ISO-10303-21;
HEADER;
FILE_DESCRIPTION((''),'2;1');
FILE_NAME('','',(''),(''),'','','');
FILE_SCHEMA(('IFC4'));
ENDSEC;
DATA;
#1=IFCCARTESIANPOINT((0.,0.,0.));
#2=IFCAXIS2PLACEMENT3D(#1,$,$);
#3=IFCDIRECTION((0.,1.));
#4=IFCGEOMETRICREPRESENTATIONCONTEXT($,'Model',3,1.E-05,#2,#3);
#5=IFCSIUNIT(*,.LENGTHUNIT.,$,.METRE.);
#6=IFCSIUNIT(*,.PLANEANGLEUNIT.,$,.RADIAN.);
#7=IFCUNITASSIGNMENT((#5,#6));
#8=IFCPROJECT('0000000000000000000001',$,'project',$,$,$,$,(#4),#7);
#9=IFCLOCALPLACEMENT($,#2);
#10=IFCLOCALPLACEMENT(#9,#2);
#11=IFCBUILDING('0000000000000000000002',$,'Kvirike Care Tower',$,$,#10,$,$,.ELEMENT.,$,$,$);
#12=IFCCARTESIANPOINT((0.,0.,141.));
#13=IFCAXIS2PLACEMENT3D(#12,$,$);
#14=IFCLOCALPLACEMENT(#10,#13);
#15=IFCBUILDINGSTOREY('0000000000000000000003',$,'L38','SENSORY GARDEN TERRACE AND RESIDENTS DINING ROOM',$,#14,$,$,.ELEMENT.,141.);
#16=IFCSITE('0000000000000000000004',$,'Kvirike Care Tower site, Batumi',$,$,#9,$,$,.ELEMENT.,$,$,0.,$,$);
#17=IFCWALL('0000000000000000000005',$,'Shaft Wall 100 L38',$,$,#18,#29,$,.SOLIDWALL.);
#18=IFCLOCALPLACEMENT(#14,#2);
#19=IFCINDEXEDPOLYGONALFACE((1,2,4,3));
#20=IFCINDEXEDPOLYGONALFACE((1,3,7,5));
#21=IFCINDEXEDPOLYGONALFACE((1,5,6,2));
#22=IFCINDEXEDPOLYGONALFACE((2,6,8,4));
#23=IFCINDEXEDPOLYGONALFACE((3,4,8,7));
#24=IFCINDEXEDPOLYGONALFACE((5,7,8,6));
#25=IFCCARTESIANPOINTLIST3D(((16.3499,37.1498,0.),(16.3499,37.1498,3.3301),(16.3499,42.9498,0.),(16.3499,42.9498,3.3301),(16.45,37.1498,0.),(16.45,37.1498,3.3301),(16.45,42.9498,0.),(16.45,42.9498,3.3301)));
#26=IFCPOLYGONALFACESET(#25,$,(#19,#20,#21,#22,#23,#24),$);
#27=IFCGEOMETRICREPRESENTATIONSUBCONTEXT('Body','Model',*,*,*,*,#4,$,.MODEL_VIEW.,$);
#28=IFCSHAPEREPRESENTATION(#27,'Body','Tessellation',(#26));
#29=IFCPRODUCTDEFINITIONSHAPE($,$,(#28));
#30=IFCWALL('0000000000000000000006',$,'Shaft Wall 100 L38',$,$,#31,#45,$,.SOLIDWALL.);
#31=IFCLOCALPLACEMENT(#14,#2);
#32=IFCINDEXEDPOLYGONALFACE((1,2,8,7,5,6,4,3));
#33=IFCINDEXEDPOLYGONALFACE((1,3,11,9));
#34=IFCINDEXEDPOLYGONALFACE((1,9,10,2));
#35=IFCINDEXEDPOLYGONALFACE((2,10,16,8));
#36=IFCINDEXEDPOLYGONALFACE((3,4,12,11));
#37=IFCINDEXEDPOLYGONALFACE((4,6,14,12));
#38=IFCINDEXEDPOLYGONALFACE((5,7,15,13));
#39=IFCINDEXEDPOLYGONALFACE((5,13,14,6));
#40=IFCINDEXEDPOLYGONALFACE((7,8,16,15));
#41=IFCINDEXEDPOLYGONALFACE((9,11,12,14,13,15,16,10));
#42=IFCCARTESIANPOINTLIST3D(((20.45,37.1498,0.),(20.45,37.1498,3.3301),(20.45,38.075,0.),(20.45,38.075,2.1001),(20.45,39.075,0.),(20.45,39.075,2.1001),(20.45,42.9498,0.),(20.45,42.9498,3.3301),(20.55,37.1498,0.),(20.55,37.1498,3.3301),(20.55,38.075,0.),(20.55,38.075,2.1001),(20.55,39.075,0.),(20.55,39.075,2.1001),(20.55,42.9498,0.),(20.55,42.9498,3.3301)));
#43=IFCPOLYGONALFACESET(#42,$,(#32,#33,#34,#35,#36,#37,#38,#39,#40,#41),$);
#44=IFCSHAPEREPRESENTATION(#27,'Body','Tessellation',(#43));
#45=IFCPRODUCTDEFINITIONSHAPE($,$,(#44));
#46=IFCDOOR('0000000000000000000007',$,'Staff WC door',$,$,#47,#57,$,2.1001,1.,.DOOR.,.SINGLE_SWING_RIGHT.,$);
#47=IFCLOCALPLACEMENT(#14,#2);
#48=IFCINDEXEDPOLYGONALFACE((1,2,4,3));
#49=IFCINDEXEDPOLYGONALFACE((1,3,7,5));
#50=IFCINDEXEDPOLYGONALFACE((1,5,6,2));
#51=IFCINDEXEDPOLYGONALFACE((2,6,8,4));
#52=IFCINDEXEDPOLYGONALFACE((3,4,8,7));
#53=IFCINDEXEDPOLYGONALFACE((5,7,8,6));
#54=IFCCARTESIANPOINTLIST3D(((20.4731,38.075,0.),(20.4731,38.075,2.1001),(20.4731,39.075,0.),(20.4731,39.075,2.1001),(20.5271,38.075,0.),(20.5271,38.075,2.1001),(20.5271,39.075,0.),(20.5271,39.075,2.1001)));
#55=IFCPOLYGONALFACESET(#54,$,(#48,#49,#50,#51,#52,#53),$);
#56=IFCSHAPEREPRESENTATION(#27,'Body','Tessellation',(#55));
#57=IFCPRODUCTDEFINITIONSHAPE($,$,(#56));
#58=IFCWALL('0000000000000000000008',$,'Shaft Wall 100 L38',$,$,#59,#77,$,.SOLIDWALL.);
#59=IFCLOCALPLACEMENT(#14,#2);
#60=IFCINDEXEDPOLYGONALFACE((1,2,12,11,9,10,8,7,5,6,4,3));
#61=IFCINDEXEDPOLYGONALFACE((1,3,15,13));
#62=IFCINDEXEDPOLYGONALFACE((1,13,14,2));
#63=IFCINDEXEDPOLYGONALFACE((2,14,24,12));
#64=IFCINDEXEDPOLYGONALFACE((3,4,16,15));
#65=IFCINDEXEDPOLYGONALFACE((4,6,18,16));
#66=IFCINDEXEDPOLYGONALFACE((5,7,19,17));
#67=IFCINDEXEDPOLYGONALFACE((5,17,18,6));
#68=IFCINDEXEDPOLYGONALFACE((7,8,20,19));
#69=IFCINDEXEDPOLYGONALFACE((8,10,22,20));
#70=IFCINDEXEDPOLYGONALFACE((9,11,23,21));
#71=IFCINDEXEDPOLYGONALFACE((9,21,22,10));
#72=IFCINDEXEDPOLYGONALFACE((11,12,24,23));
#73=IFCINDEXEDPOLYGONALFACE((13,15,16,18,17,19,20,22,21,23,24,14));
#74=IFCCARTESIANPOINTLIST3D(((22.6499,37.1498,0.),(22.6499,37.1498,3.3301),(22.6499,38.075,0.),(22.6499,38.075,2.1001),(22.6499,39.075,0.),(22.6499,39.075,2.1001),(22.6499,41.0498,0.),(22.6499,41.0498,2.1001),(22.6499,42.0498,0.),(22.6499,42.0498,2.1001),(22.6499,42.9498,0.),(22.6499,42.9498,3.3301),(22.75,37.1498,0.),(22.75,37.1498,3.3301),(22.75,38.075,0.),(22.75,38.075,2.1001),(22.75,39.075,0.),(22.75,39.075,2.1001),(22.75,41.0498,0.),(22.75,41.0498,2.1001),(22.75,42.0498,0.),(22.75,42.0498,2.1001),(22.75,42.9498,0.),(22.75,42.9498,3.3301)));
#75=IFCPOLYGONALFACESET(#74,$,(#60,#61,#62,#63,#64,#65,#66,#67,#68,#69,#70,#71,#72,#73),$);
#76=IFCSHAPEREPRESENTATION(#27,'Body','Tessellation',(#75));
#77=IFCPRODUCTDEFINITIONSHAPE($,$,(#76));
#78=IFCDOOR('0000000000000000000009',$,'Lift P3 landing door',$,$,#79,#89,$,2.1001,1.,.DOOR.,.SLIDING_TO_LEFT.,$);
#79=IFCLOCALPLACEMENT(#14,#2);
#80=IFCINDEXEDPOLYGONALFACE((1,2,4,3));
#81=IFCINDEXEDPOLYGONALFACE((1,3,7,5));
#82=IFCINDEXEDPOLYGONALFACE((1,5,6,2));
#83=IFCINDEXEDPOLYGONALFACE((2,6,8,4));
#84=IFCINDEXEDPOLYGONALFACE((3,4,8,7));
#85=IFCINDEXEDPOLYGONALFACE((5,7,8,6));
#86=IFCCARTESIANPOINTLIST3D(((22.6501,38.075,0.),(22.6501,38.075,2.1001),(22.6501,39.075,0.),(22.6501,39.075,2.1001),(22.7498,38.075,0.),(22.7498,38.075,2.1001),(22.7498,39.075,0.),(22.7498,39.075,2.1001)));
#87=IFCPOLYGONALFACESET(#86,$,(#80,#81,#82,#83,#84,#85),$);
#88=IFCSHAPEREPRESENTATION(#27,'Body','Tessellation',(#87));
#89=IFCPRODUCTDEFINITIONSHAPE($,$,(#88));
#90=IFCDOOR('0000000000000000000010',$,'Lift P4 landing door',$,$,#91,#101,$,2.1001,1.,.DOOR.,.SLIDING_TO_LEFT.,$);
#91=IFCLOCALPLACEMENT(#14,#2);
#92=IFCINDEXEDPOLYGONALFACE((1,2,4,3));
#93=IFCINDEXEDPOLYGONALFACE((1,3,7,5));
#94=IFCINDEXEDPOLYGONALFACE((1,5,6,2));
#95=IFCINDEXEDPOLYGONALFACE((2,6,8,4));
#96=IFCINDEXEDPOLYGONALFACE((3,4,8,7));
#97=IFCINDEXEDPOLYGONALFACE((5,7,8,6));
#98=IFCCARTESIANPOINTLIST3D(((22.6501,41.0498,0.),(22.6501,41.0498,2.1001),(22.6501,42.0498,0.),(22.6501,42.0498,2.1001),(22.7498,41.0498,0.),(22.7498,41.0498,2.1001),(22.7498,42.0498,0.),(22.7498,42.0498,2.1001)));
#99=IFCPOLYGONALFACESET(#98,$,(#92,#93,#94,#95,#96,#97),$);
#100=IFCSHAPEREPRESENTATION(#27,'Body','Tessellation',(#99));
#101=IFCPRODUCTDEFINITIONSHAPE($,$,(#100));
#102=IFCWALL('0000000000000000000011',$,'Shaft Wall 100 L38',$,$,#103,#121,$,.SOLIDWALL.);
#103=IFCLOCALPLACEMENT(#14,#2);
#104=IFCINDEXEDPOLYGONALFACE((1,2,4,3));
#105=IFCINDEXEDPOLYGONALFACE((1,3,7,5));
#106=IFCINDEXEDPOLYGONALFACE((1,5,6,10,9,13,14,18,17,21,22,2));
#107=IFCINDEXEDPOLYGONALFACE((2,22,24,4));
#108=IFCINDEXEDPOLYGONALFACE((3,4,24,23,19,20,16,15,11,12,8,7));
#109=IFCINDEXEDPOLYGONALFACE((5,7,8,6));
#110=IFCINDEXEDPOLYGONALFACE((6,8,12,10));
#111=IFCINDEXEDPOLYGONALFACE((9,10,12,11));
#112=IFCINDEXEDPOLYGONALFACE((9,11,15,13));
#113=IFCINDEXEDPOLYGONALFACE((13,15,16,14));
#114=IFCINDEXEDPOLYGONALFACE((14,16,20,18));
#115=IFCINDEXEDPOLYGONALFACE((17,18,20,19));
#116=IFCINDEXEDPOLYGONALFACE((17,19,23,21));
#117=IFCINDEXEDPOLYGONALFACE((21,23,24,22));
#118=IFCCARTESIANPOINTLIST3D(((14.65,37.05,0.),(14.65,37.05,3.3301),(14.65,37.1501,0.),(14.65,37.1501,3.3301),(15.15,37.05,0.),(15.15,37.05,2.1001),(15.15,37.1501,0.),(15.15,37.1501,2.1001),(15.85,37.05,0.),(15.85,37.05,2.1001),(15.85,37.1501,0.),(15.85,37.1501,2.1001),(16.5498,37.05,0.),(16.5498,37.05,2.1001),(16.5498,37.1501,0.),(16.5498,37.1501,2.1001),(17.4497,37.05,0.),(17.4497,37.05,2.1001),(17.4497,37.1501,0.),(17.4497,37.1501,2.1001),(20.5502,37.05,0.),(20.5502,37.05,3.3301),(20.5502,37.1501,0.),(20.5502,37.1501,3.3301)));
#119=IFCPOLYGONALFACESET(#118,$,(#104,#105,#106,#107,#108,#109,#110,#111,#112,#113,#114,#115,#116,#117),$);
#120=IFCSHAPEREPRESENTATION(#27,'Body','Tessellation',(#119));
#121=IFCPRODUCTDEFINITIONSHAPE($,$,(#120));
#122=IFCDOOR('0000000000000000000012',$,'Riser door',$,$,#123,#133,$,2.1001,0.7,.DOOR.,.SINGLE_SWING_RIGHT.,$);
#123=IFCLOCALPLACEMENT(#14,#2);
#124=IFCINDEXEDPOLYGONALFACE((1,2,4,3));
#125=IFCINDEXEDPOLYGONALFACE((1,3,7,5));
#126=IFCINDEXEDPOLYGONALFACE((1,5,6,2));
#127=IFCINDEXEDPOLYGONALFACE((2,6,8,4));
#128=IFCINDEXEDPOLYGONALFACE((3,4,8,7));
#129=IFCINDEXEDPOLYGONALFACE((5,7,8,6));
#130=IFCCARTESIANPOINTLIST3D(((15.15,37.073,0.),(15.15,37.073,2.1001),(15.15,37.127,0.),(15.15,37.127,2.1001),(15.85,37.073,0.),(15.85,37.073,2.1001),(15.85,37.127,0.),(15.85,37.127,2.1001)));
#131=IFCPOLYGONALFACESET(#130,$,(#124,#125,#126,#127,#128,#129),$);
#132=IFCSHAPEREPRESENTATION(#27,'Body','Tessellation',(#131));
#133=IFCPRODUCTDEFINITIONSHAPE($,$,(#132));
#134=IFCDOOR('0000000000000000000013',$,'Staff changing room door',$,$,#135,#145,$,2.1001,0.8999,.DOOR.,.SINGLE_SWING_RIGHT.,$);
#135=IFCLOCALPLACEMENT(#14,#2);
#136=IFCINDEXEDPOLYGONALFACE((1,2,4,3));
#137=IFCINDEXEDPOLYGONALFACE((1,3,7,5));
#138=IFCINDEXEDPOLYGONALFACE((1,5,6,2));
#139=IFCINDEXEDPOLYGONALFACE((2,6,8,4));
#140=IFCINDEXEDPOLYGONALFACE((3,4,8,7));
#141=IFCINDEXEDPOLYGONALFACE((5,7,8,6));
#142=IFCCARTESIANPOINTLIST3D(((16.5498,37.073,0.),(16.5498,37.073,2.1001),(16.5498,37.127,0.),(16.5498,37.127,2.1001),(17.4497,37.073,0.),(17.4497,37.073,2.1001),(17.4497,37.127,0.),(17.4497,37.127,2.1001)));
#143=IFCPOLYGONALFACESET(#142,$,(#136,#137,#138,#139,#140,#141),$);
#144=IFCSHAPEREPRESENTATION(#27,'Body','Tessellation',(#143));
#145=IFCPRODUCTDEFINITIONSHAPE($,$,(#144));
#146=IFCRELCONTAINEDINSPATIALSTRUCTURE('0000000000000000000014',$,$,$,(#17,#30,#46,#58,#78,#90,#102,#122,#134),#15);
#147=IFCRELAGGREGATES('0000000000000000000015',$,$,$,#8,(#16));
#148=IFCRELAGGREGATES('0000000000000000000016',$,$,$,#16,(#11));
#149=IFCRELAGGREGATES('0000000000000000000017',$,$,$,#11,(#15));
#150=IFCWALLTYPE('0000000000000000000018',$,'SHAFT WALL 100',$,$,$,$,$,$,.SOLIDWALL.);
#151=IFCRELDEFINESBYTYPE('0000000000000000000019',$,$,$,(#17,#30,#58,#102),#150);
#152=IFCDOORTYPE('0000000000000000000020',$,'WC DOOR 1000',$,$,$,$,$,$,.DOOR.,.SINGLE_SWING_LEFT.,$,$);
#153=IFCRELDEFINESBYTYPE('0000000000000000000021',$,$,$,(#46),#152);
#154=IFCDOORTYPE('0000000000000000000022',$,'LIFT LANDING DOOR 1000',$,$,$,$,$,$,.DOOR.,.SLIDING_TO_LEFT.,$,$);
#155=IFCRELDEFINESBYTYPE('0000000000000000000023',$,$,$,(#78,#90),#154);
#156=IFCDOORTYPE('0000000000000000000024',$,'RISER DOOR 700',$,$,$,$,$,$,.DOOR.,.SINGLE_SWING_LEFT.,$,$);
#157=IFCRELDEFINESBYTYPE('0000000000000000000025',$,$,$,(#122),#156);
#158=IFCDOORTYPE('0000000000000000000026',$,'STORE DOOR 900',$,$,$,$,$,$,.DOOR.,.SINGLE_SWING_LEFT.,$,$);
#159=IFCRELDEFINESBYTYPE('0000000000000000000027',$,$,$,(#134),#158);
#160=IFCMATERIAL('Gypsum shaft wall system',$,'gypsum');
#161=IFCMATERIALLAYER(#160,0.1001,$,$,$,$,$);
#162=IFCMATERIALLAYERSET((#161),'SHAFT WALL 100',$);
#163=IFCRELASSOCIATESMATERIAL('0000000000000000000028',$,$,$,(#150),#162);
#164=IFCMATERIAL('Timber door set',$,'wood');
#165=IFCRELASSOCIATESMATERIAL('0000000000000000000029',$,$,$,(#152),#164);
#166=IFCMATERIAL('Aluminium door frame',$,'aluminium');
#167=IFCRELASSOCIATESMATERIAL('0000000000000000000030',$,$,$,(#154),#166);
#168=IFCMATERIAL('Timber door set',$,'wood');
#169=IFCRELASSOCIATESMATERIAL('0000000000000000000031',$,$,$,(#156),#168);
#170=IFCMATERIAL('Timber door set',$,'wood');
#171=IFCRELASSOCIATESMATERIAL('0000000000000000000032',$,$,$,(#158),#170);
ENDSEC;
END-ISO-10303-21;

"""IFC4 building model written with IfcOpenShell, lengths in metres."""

from ifc_helpers import new_model, si_unit, direction, frame, frame_2d, origin, place, context, subcontext, project, spatial, rectangle, extrude, material, layer, layer_set, type_object, element, fill, save


model = new_model("IFC4")

# Units and contexts
model_context = context("Model", 3, precision=1e-05, world=origin(), true_north=direction((0.0, 1.0)))
body_context = subcontext(model_context, "Body", "Model", "MODEL_VIEW")
ifc_project = project(units=[si_unit("LENGTHUNIT", "METRE"), si_unit("PLANEANGLEUNIT", "RADIAN")], contexts=[model_context])

# Site, building, storey
site_placement = place(None, origin())
site = spatial("IfcSite", under=ifc_project, at=site_placement, Name="Kvirike Care Tower site, Batumi", CompositionType="ELEMENT", RefElevation=0.0)
building_placement = place(site_placement, origin())
building = spatial("IfcBuilding", under=site, at=building_placement, Name="Kvirike Care Tower", CompositionType="ELEMENT")
storey_placement = place(building_placement, frame((0.0, 0.0, 141.0)))
storey = spatial("IfcBuildingStorey", under=building, at=storey_placement, Name="L38", Description="SENSORY GARDEN TERRACE AND RESIDENTS DINING ROOM", CompositionType="ELEMENT", Elevation=141.0)

# Wall
ifc_material_1 = material(Name="Gypsum shaft wall system", Category="gypsum")
ifc_layer = layer(ifc_material_1, 0.1001)
ifc_layer_set = layer_set([ifc_layer], Name="SHAFT WALL 100")
wall_type = type_object("IfcWallType", Name="SHAFT WALL 100", PredefinedType="SOLIDWALL", material=ifc_layer_set)
wall_1_placement = place(storey_placement, frame((16.3999, 37.1499, 0.0), z_axis=(0.0, 0.0, 1.0), x_axis=(0.0, 1.0, 0.0)))
element("IfcWall", 1, at=wall_1_placement, inside=storey, type_object=wall_type, Name="Shaft Wall 100 L38", PredefinedType="SOLIDWALL", context=body_context, shape_type="SweptSolid", body=[
    extrude(rectangle(XDim=5.8, YDim=0.1001, at=frame_2d((2.8999, 0.0))), origin(), (0.0, 0.0, 1.0), 3.3301),
])

# Wall, opening, door
wall_2_placement = place(storey_placement, frame((20.5, 37.1499, 0.0), z_axis=(0.0, 0.0, 1.0), x_axis=(0.0, 1.0, 0.0)))
wall_2 = element("IfcWall", 2, at=wall_2_placement, inside=storey, type_object=wall_type, Name="Shaft Wall 100 L38", PredefinedType="SOLIDWALL", context=body_context, shape_type="SweptSolid", body=[
    extrude(rectangle(XDim=5.8, YDim=0.1001, at=frame_2d((2.8999, 0.0))), origin(), (0.0, 0.0, 1.0), 3.3301),
])
opening_1_placement = place(wall_2_placement, frame((0.925, 0.0, 0.0)))
opening_1 = element("IfcOpeningElement", 3, at=opening_1_placement, cuts=wall_2, PredefinedType="OPENING", context=body_context, shape_type="SweptSolid", body=[
    extrude(rectangle(XDim=1.0, YDim=2.1001, at=frame_2d((0.5, 1.05))), frame((0.0, 0.0605, 0.0), z_axis=(0.0, -1.0, 0.0), x_axis=(1.0, 0.0, 0.0)), (0.0, 0.0, 1.0), 0.1211),
])
ifc_material_2 = material(Name="Timber door set", Category="wood")
door_type_1 = type_object("IfcDoorType", Name="WC DOOR 1000", OperationType="SINGLE_SWING_LEFT", PredefinedType="DOOR", material=ifc_material_2)
door_1_placement = place(opening_1_placement, origin())
door_1 = element("IfcDoor", 4, at=door_1_placement, inside=storey, type_object=door_type_1, Name="Staff WC door", OperationType="SINGLE_SWING_RIGHT", OverallHeight=2.1001, OverallWidth=1.0, PredefinedType="DOOR", context=body_context, shape_type="SweptSolid", body=[
    extrude(rectangle(XDim=1.0, YDim=2.1001, at=frame_2d((0.5, 1.05))), frame((0.0, 0.0269, 0.0), z_axis=(0.0, -1.0, 0.0), x_axis=(1.0, 0.0, 0.0)), (0.0, 0.0, 1.0), 0.054),
])
fill(opening_1, door_1)

# Walls, openings, doors
wall_3_placement = place(storey_placement, frame((22.7, 37.1499, 0.0), z_axis=(0.0, 0.0, 1.0), x_axis=(0.0, 1.0, 0.0)))
wall_3 = element("IfcWall", 5, at=wall_3_placement, inside=storey, type_object=wall_type, Name="Shaft Wall 100 L38", PredefinedType="SOLIDWALL", context=body_context, shape_type="SweptSolid", body=[
    extrude(rectangle(XDim=5.8, YDim=0.1001, at=frame_2d((2.8999, 0.0))), origin(), (0.0, 0.0, 1.0), 3.3301),
])
opening_2_placement = place(wall_3_placement, frame((0.925, 0.0, 0.0)))
opening_2 = element("IfcOpeningElement", 6, at=opening_2_placement, cuts=wall_3, PredefinedType="OPENING", context=body_context, shape_type="SweptSolid", body=[
    extrude(rectangle(XDim=1.0, YDim=2.1001, at=frame_2d((0.5, 1.05))), frame((0.0, 0.0605, 0.0), z_axis=(0.0, -1.0, 0.0), x_axis=(1.0, 0.0, 0.0)), (0.0, 0.0, 1.0), 0.1211),
])
opening_3_placement = place(wall_3_placement, frame((3.8999, 0.0, 0.0)))
opening_3 = element("IfcOpeningElement", 7, at=opening_3_placement, cuts=wall_3, PredefinedType="OPENING", context=body_context, shape_type="SweptSolid", body=[
    extrude(rectangle(XDim=1.0, YDim=2.1001, at=frame_2d((0.5, 1.05))), frame((0.0, 0.0605, 0.0), z_axis=(0.0, -1.0, 0.0), x_axis=(1.0, 0.0, 0.0)), (0.0, 0.0, 1.0), 0.1211),
])
ifc_material_3 = material(Name="Aluminium door frame", Category="aluminium")
door_type_2 = type_object("IfcDoorType", Name="LIFT LANDING DOOR 1000", OperationType="SLIDING_TO_LEFT", PredefinedType="DOOR", material=ifc_material_3)
door_2_placement = place(opening_2_placement, origin())
door_2 = element("IfcDoor", 8, at=door_2_placement, inside=storey, type_object=door_type_2, Name="Lift P3 landing door", OperationType="SLIDING_TO_LEFT", OverallHeight=2.1001, OverallWidth=1.0, PredefinedType="DOOR", context=body_context, shape_type="SweptSolid", body=[
    extrude(rectangle(XDim=1.0, YDim=2.1001, at=frame_2d((0.5, 1.05))), frame((0.0, 0.0498, 0.0), z_axis=(0.0, -1.0, 0.0), x_axis=(1.0, 0.0, 0.0)), (0.0, 0.0, 1.0), 0.0996),
])
fill(opening_2, door_2)
door_3_placement = place(opening_3_placement, origin())
door_3 = element("IfcDoor", 9, at=door_3_placement, inside=storey, type_object=door_type_2, Name="Lift P4 landing door", OperationType="SLIDING_TO_LEFT", OverallHeight=2.1001, OverallWidth=1.0, PredefinedType="DOOR", context=body_context, shape_type="SweptSolid", body=[
    extrude(rectangle(XDim=1.0, YDim=2.1001, at=frame_2d((0.5, 1.05))), frame((0.0, 0.0498, 0.0), z_axis=(0.0, -1.0, 0.0), x_axis=(1.0, 0.0, 0.0)), (0.0, 0.0, 1.0), 0.0996),
])
fill(opening_3, door_3)
wall_4_placement = place(storey_placement, frame((14.6499, 37.1001, 0.0), z_axis=(0.0, 0.0, 1.0), x_axis=(1.0, 0.0, 0.0)))
wall_4 = element("IfcWall", 10, at=wall_4_placement, inside=storey, type_object=wall_type, Name="Shaft Wall 100 L38", PredefinedType="SOLIDWALL", context=body_context, shape_type="SweptSolid", body=[
    extrude(rectangle(XDim=5.9001, YDim=0.1001, at=frame_2d((2.9502, 0.0))), origin(), (0.0, 0.0, 1.0), 3.3301),
])
opening_4_placement = place(wall_4_placement, frame((0.5, 0.0, 0.0)))
opening_4 = element("IfcOpeningElement", 11, at=opening_4_placement, cuts=wall_4, PredefinedType="OPENING", context=body_context, shape_type="SweptSolid", body=[
    extrude(rectangle(XDim=0.7, YDim=2.1001, at=frame_2d((0.3501, 1.05))), frame((0.0, 0.0605, 0.0), z_axis=(0.0, -1.0, 0.0), x_axis=(1.0, 0.0, 0.0)), (0.0, 0.0, 1.0), 0.1211),
])
opening_5_placement = place(wall_4_placement, frame((1.8999, 0.0, 0.0)))
opening_5 = element("IfcOpeningElement", 12, at=opening_5_placement, cuts=wall_4, PredefinedType="OPENING", context=body_context, shape_type="SweptSolid", body=[
    extrude(rectangle(XDim=0.8999, YDim=2.1001, at=frame_2d((0.45, 1.05))), frame((0.0, 0.0605, 0.0), z_axis=(0.0, -1.0, 0.0), x_axis=(1.0, 0.0, 0.0)), (0.0, 0.0, 1.0), 0.1211),
])
ifc_material_4 = material(Name="Timber door set", Category="wood")
door_type_3 = type_object("IfcDoorType", Name="RISER DOOR 700", OperationType="SINGLE_SWING_LEFT", PredefinedType="DOOR", material=ifc_material_4)
door_4_placement = place(opening_4_placement, origin())
door_4 = element("IfcDoor", 13, at=door_4_placement, inside=storey, type_object=door_type_3, Name="Riser door", OperationType="SINGLE_SWING_RIGHT", OverallHeight=2.1001, OverallWidth=0.7, PredefinedType="DOOR", context=body_context, shape_type="SweptSolid", body=[
    extrude(rectangle(XDim=0.7, YDim=2.1001, at=frame_2d((0.3501, 1.05))), frame((0.0, 0.0269, 0.0), z_axis=(0.0, -1.0, 0.0), x_axis=(1.0, 0.0, 0.0)), (0.0, 0.0, 1.0), 0.054),
])
fill(opening_4, door_4)
ifc_material_5 = material(Name="Timber door set", Category="wood")
door_type_4 = type_object("IfcDoorType", Name="STORE DOOR 900", OperationType="SINGLE_SWING_LEFT", PredefinedType="DOOR", material=ifc_material_5)
door_5_placement = place(opening_5_placement, origin())
door_5 = element("IfcDoor", 14, at=door_5_placement, inside=storey, type_object=door_type_4, Name="Staff changing room door", OperationType="SINGLE_SWING_RIGHT", OverallHeight=2.1001, OverallWidth=0.8999, PredefinedType="DOOR", context=body_context, shape_type="SweptSolid", body=[
    extrude(rectangle(XDim=0.8999, YDim=2.1001, at=frame_2d((0.45, 1.05))), frame((0.0, 0.0269, 0.0), z_axis=(0.0, -1.0, 0.0), x_axis=(1.0, 0.0, 0.0)), (0.0, 0.0, 1.0), 0.054),
])
fill(opening_5, door_5)

save(model, "model.ifc")
